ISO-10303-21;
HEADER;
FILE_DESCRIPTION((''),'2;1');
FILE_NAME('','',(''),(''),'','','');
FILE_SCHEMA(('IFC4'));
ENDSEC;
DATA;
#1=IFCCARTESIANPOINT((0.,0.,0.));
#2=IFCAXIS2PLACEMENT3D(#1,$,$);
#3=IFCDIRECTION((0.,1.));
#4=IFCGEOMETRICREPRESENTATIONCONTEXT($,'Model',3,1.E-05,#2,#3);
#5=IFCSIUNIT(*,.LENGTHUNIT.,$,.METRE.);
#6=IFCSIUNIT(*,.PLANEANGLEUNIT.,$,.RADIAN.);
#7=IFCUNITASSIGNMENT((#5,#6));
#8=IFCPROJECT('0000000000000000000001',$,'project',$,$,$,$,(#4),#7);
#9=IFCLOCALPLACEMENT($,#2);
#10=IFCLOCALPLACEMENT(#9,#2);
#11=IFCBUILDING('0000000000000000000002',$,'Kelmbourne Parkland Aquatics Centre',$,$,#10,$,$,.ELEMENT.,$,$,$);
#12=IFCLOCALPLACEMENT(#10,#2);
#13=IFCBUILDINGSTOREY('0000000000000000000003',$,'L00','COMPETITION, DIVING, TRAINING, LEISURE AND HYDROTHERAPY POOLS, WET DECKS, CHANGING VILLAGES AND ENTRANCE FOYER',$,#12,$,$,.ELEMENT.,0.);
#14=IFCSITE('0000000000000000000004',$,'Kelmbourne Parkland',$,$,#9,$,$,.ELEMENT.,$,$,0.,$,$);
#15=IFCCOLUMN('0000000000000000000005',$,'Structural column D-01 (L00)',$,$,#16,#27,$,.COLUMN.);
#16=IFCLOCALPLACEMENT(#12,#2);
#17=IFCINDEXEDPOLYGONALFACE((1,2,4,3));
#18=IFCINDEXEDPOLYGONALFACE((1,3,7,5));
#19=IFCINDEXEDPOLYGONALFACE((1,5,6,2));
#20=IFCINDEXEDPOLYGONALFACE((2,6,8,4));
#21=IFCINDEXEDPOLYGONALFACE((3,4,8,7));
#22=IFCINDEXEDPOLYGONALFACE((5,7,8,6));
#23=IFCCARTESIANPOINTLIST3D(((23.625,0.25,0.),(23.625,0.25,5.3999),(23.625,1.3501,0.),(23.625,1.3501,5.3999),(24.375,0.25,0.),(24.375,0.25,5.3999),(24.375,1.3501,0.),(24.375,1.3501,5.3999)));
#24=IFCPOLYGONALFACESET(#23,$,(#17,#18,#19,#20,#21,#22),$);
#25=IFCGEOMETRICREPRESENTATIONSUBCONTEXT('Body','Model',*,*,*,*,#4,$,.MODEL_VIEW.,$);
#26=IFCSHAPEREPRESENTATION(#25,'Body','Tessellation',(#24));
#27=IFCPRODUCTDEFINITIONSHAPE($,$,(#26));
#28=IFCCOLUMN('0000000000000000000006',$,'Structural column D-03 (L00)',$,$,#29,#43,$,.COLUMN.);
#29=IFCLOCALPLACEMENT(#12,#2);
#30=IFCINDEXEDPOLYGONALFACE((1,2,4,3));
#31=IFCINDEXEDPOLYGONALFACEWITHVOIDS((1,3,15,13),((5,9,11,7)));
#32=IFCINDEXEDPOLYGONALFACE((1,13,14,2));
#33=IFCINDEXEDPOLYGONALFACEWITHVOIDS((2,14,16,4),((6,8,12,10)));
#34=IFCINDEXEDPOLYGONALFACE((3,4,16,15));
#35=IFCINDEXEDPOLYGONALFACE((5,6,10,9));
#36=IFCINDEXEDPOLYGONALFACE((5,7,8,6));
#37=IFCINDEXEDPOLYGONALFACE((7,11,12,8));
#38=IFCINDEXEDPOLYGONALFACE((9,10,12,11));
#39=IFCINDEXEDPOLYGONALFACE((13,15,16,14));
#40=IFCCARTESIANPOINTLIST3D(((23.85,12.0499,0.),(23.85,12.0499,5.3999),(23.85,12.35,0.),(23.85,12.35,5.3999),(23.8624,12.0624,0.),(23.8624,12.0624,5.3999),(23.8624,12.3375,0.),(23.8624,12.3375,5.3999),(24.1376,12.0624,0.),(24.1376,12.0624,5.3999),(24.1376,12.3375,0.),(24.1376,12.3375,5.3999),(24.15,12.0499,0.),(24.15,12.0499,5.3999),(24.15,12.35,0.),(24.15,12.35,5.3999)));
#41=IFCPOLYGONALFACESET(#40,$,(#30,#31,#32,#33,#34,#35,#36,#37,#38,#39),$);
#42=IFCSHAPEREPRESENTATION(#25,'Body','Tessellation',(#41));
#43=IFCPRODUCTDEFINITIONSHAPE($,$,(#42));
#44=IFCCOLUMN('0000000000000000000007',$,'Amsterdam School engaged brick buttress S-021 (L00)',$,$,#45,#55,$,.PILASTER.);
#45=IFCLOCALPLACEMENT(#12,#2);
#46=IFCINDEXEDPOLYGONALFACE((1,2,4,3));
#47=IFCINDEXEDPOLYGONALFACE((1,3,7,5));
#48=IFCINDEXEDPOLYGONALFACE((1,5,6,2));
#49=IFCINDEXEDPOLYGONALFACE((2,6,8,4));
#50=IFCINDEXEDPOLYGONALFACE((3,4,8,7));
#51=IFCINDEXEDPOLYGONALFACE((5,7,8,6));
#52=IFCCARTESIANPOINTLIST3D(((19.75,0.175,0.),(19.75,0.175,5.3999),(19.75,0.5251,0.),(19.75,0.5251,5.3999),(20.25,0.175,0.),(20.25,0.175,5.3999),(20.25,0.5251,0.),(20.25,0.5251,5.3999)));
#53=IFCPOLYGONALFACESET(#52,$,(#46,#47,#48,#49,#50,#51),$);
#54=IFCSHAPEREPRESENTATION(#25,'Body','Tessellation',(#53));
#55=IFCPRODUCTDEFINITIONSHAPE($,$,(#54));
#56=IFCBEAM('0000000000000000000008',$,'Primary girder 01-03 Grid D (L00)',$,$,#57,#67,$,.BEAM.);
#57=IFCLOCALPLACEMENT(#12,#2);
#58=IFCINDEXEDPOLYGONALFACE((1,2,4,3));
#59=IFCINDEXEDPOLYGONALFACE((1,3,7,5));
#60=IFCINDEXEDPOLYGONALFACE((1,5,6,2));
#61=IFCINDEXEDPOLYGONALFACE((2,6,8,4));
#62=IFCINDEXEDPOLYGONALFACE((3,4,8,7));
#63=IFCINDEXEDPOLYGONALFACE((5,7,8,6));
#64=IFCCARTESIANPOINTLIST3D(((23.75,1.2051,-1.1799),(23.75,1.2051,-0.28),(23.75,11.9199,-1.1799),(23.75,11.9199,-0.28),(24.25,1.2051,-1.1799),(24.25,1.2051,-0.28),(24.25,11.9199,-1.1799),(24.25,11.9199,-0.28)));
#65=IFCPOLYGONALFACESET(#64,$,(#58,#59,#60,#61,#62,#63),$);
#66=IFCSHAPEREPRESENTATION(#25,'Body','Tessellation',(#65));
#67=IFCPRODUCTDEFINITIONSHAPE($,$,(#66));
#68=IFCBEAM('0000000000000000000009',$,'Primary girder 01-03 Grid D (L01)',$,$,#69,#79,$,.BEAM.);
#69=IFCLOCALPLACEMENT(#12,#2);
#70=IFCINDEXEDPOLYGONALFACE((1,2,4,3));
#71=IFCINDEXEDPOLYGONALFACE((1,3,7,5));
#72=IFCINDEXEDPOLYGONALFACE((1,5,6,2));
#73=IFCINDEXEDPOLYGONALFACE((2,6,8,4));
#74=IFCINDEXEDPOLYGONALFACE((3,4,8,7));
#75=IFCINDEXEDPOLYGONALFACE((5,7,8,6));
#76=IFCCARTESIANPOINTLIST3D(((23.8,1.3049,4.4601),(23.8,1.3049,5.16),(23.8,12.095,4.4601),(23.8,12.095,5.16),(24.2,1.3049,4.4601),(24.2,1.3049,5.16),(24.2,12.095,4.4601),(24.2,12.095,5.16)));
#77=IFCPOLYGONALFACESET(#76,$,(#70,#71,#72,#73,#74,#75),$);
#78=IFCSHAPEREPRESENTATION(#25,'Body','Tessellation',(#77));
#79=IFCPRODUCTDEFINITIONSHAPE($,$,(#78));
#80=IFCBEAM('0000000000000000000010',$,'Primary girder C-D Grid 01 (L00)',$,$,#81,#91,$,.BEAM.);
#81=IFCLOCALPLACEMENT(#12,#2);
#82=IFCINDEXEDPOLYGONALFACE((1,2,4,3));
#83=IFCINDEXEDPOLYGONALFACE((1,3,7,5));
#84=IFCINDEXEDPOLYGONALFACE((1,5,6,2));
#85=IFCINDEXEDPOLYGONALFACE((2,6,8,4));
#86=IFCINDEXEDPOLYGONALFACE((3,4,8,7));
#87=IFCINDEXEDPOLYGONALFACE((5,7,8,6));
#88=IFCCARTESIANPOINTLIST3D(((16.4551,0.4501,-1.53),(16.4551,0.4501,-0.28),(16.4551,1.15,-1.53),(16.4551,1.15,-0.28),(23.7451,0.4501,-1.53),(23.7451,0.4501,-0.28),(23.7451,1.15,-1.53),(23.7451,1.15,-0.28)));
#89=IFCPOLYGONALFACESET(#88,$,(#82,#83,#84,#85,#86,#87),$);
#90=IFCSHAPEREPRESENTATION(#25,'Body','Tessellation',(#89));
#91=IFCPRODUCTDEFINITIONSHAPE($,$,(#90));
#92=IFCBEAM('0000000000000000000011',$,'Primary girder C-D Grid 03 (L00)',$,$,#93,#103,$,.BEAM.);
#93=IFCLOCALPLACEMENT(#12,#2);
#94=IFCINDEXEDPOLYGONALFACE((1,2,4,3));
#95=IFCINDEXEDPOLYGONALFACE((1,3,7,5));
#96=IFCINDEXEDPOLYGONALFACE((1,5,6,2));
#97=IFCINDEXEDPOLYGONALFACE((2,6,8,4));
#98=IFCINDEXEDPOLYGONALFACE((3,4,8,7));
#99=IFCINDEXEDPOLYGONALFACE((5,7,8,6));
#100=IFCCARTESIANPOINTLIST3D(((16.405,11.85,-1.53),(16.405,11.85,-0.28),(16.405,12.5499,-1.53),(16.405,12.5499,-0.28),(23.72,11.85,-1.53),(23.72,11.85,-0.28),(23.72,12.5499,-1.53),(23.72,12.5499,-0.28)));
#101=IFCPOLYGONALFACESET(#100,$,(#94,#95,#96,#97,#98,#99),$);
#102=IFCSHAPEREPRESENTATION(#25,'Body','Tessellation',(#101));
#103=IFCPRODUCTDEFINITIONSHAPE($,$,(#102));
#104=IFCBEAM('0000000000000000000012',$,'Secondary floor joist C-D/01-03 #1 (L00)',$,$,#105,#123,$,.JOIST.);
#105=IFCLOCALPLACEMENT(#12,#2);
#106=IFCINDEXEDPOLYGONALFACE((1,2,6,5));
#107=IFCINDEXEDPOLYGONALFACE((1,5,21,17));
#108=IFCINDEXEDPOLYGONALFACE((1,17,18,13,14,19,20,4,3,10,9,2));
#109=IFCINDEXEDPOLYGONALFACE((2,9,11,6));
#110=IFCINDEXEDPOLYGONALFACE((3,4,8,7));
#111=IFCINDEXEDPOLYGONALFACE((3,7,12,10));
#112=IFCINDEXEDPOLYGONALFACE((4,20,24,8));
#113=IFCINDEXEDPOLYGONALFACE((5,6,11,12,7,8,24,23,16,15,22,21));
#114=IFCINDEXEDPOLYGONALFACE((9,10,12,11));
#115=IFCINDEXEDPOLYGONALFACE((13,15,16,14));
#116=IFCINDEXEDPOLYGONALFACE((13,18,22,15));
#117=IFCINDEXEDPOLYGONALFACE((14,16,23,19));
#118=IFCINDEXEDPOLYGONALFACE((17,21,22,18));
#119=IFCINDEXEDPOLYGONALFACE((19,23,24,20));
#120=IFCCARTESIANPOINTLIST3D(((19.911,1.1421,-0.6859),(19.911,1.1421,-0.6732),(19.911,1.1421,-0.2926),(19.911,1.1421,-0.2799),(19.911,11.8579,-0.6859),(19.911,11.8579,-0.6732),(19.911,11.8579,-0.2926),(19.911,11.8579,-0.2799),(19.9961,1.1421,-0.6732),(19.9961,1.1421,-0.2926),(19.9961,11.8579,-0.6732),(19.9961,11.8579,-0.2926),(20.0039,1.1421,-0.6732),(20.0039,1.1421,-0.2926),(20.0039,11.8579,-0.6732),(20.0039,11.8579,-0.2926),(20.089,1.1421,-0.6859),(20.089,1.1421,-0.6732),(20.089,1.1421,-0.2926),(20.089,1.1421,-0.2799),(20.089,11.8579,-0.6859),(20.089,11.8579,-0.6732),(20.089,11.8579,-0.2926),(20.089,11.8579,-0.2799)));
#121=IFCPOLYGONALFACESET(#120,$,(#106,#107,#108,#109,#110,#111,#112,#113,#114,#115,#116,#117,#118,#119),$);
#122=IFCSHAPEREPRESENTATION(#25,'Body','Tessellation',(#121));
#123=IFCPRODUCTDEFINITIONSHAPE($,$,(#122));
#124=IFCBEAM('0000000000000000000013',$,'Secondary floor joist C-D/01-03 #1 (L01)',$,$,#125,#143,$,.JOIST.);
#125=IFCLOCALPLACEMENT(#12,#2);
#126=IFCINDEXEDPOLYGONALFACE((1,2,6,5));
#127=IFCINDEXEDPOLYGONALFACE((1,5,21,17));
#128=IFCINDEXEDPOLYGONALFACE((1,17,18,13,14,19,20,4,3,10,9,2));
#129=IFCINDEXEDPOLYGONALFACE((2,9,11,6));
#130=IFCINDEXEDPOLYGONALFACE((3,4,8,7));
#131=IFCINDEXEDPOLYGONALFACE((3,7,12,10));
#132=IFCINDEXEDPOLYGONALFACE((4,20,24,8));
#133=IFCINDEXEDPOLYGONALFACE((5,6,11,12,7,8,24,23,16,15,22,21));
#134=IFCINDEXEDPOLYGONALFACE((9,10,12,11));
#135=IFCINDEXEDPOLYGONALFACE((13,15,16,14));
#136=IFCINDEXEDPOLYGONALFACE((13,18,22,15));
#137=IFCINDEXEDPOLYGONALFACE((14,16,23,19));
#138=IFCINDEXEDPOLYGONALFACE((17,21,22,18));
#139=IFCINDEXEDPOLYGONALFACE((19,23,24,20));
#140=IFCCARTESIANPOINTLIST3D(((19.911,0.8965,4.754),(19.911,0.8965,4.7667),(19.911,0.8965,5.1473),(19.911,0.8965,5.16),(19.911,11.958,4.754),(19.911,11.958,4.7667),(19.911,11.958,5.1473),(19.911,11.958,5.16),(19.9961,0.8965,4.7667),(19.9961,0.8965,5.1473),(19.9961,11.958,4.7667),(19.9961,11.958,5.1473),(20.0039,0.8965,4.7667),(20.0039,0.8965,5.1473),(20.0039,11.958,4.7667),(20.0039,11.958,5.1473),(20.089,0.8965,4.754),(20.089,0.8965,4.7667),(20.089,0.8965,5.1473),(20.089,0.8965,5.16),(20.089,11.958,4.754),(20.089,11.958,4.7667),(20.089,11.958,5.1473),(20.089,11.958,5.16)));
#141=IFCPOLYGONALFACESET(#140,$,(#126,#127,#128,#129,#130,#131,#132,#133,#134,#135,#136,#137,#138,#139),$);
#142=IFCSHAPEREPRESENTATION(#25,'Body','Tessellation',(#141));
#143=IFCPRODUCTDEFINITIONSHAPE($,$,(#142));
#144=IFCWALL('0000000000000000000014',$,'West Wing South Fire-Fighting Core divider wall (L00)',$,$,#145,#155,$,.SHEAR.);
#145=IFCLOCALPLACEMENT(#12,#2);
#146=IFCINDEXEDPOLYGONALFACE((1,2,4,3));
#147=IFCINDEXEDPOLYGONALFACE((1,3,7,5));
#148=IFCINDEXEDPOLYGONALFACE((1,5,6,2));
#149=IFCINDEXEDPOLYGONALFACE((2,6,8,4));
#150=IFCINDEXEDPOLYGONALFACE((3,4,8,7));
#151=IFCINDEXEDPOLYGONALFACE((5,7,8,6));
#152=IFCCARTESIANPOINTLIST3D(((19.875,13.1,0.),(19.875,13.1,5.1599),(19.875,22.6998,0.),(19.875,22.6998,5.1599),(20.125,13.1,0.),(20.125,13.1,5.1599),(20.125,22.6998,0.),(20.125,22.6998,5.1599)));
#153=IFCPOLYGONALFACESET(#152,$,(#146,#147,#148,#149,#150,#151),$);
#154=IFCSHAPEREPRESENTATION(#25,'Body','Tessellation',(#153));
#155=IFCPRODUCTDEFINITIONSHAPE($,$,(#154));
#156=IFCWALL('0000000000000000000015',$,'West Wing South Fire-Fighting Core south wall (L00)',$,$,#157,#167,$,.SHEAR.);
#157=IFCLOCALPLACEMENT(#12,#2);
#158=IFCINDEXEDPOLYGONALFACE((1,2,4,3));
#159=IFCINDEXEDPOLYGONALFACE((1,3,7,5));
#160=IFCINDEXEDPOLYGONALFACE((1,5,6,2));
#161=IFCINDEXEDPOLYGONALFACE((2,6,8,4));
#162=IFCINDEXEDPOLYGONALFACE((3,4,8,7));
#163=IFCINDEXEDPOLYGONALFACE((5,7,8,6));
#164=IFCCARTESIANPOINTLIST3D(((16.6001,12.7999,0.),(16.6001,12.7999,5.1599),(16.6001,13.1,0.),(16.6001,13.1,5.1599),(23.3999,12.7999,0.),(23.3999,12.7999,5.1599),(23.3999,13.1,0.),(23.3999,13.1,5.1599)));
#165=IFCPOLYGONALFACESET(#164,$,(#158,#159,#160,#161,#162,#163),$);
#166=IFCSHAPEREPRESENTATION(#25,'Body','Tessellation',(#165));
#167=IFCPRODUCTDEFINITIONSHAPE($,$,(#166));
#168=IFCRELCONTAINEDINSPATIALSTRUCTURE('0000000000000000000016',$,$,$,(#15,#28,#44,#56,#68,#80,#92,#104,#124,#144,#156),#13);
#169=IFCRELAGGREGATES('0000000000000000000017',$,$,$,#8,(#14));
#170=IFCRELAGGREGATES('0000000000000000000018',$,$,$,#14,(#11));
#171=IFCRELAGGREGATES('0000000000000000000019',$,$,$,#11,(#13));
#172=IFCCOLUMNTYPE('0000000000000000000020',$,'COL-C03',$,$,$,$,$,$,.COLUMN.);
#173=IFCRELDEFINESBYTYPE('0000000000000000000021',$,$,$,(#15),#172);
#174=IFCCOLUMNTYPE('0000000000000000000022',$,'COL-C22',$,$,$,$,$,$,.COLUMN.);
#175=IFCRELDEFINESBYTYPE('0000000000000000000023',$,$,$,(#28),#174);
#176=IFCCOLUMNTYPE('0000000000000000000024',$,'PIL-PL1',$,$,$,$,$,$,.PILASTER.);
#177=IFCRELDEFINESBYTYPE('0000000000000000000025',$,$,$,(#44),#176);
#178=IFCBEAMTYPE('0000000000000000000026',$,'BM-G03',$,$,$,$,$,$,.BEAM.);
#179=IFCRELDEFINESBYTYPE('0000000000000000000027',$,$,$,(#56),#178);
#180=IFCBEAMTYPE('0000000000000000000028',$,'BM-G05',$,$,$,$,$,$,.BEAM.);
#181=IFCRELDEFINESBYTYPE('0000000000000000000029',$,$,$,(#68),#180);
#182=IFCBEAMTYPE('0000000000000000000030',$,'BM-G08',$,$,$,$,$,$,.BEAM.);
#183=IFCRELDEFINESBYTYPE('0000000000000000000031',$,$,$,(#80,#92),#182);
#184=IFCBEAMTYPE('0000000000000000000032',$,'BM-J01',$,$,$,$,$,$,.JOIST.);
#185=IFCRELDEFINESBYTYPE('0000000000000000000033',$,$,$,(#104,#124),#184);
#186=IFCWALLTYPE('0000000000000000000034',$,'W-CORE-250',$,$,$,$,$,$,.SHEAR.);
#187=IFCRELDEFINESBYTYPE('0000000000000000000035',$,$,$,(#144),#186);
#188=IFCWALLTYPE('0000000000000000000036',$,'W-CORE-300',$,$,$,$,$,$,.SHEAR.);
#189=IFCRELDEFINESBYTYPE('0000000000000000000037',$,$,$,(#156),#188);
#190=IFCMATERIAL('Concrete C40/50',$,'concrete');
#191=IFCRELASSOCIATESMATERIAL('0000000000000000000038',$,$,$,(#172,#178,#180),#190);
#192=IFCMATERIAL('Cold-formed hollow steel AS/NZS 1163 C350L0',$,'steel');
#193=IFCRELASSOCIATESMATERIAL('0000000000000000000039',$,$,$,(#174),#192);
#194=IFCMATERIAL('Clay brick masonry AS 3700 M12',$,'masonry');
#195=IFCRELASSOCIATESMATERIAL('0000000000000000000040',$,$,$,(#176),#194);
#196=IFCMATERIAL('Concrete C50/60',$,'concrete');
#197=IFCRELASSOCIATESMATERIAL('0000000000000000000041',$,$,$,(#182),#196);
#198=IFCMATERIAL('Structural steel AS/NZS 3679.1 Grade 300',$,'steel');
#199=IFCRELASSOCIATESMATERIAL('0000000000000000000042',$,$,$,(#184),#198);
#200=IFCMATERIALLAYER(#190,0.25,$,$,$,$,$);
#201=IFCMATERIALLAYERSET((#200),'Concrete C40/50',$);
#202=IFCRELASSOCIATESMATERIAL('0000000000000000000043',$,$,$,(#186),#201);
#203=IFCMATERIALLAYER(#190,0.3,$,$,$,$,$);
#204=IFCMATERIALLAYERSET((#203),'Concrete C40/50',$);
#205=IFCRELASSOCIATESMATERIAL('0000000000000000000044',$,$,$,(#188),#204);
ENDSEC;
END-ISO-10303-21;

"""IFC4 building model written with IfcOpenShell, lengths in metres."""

from ifc_helpers import new_model, si_unit, direction, frame, frame_2d, origin, origin_2d, place, context, subcontext, project, spatial, rectangle, hollow_rectangle, i_section, extrude, material, layer, layer_set, material_profile, profile_set, type_object, element, save


model = new_model("IFC4")

# Units and contexts
model_context = context("Model", 3, precision=1e-05, world=origin(), true_north=direction((0.0, 1.0)))
body_context = subcontext(model_context, "Body", "Model", "MODEL_VIEW")
ifc_project = project(units=[si_unit("LENGTHUNIT", "METRE"), si_unit("PLANEANGLEUNIT", "RADIAN")], contexts=[model_context])

# Site, building, storey
site_placement = place(None, origin())
site = spatial("IfcSite", under=ifc_project, at=site_placement, Name="Kelmbourne Parkland", CompositionType="ELEMENT", RefElevation=0.0)
building_placement = place(site_placement, origin())
building = spatial("IfcBuilding", under=site, at=building_placement, Name="Kelmbourne Parkland Aquatics Centre", CompositionType="ELEMENT")
storey_placement = place(building_placement, origin())
storey = spatial("IfcBuildingStorey", under=building, at=storey_placement, Name="L00", Description="COMPETITION, DIVING, TRAINING, LEISURE AND HYDROTHERAPY POOLS, WET DECKS, CHANGING VILLAGES AND ENTRANCE FOYER", CompositionType="ELEMENT", Elevation=0.0)

# Columns
ifc_material_1 = material(Name="Concrete C40/50", Category="concrete")
ifc_material_profile_1 = material_profile(ifc_material_1, rectangle(XDim=0.75, YDim=1.1001, at=origin_2d()), Name="RC 750x1100")
ifc_profile_set_1 = profile_set([ifc_material_profile_1], Name="Concrete C40/50")
column_type_1 = type_object("IfcColumnType", Name="COL-C03", PredefinedType="COLUMN", material=ifc_profile_set_1)
column_1_placement = place(storey_placement, frame((24.0, 0.8, 0.0), z_axis=(0.0, 0.0, 1.0), x_axis=(1.0, 0.0, 0.0)))
element("IfcColumn", 1, at=column_1_placement, inside=storey, type_object=column_type_1, Name="Structural column D-01 (L00)", PredefinedType="COLUMN", context=body_context, shape_type="SweptSolid", body=[
    extrude(rectangle(XDim=0.75, YDim=1.1001, at=origin_2d()), origin(), (0.0, 0.0, 1.0), 5.3999),
])
ifc_material_2 = material(Name="Cold-formed hollow steel AS/NZS 1163 C350L0", Category="steel")
ifc_material_profile_2 = material_profile(ifc_material_2, hollow_rectangle(XDim=0.3, YDim=0.3, WallThickness=0.0125, at=origin_2d()), Name="SHS 300x300x12.5")
ifc_profile_set_2 = profile_set([ifc_material_profile_2], Name="Cold-formed hollow steel AS/NZS 1163 C350L0")
column_type_2 = type_object("IfcColumnType", Name="COL-C22", PredefinedType="COLUMN", material=ifc_profile_set_2)
column_2_placement = place(storey_placement, frame((24.0, 12.2, 0.0), z_axis=(0.0, 0.0, 1.0), x_axis=(1.0, 0.0, 0.0)))
element("IfcColumn", 2, at=column_2_placement, inside=storey, type_object=column_type_2, Name="Structural column D-03 (L00)", PredefinedType="COLUMN", context=body_context, shape_type="SweptSolid", body=[
    extrude(hollow_rectangle(XDim=0.3, YDim=0.3, WallThickness=0.0125, at=origin_2d()), origin(), (0.0, 0.0, 1.0), 5.3999),
])
ifc_material_3 = material(Name="Clay brick masonry AS 3700 M12", Category="masonry")
ifc_material_profile_3 = material_profile(ifc_material_3, rectangle(XDim=0.3501, YDim=0.5, at=origin_2d()), Name="PIL 350x500")
ifc_profile_set_3 = profile_set([ifc_material_profile_3], Name="Clay brick masonry AS 3700 M12")
column_type_3 = type_object("IfcColumnType", Name="PIL-PL1", PredefinedType="PILASTER", material=ifc_profile_set_3)
column_3_placement = place(storey_placement, frame((20.0, 0.3501, 0.0), z_axis=(0.0, 0.0, 1.0), x_axis=(0.0, 1.0, 0.0)))
element("IfcColumn", 3, at=column_3_placement, inside=storey, type_object=column_type_3, Name="Amsterdam School engaged brick buttress S-021 (L00)", PredefinedType="PILASTER", context=body_context, shape_type="SweptSolid", body=[
    extrude(rectangle(XDim=0.3501, YDim=0.5, at=origin_2d()), origin(), (0.0, 0.0, 1.0), 5.3999),
])

# Beams
ifc_material_profile_4 = material_profile(ifc_material_1, rectangle(XDim=0.5, YDim=0.8999, at=origin_2d()), Name="RC 500x900")
ifc_profile_set_4 = profile_set([ifc_material_profile_4], Name="Concrete C40/50")
beam_type_1 = type_object("IfcBeamType", Name="BM-G03", PredefinedType="BEAM", material=ifc_profile_set_4)
beam_1_placement = place(storey_placement, frame((24.0, 1.2051, -0.73), z_axis=(0.0, 1.0, 0.0), x_axis=(-1.0, 0.0, 0.0)))
element("IfcBeam", 4, at=beam_1_placement, inside=storey, type_object=beam_type_1, Name="Primary girder 01-03 Grid D (L00)", PredefinedType="BEAM", context=body_context, shape_type="SweptSolid", body=[
    extrude(rectangle(XDim=0.5, YDim=0.8999, at=origin_2d()), origin(), (0.0, 0.0, 1.0), 10.7148),
])
ifc_material_profile_5 = material_profile(ifc_material_1, rectangle(XDim=0.3999, YDim=0.7, at=origin_2d()), Name="RC 400x700")
ifc_profile_set_5 = profile_set([ifc_material_profile_5], Name="Concrete C40/50")
beam_type_2 = type_object("IfcBeamType", Name="BM-G05", PredefinedType="BEAM", material=ifc_profile_set_5)
beam_2_placement = place(storey_placement, frame((24.0, 1.3049, 4.8101), z_axis=(0.0, 1.0, 0.0), x_axis=(-1.0, 0.0, 0.0)))
element("IfcBeam", 5, at=beam_2_placement, inside=storey, type_object=beam_type_2, Name="Primary girder 01-03 Grid D (L01)", PredefinedType="BEAM", context=body_context, shape_type="SweptSolid", body=[
    extrude(rectangle(XDim=0.3999, YDim=0.7, at=origin_2d()), origin(), (0.0, 0.0, 1.0), 10.79),
])
ifc_material_4 = material(Name="Concrete C50/60", Category="concrete")
ifc_material_profile_6 = material_profile(ifc_material_4, rectangle(XDim=0.7, YDim=1.25, at=origin_2d()), Name="RC 700x1250")
ifc_profile_set_6 = profile_set([ifc_material_profile_6], Name="Concrete C50/60")
beam_type_3 = type_object("IfcBeamType", Name="BM-G08", PredefinedType="BEAM", material=ifc_profile_set_6)
beam_3_placement = place(storey_placement, frame((16.4551, 0.8, -0.905), z_axis=(1.0, 0.0, 0.0), x_axis=(0.0, 1.0, 0.0)))
element("IfcBeam", 6, at=beam_3_placement, inside=storey, type_object=beam_type_3, Name="Primary girder C-D Grid 01 (L00)", PredefinedType="BEAM", context=body_context, shape_type="SweptSolid", body=[
    extrude(rectangle(XDim=0.7, YDim=1.25, at=origin_2d()), origin(), (0.0, 0.0, 1.0), 7.29),
])
beam_4_placement = place(storey_placement, frame((16.405, 12.2, -0.905), z_axis=(1.0, 0.0, 0.0), x_axis=(0.0, 1.0, 0.0)))
element("IfcBeam", 7, at=beam_4_placement, inside=storey, type_object=beam_type_3, Name="Primary girder C-D Grid 03 (L00)", PredefinedType="BEAM", context=body_context, shape_type="SweptSolid", body=[
    extrude(rectangle(XDim=0.7, YDim=1.25, at=origin_2d()), origin(), (0.0, 0.0, 1.0), 7.3149),
])
ifc_material_5 = material(Name="Structural steel AS/NZS 3679.1 Grade 300", Category="steel")
ifc_material_profile_7 = material_profile(ifc_material_5, i_section(OverallWidth=0.178, OverallDepth=0.406, WebThickness=0.0078, FlangeThickness=0.0127, at=origin_2d()), Name="410UB59.7")
ifc_profile_set_7 = profile_set([ifc_material_profile_7], Name="Structural steel AS/NZS 3679.1 Grade 300")
beam_type_4 = type_object("IfcBeamType", Name="BM-J01", PredefinedType="JOIST", material=ifc_profile_set_7)
beam_5_placement = place(storey_placement, frame((20.0, 1.1421, -0.4829), z_axis=(0.0, 1.0, 0.0), x_axis=(-1.0, 0.0, 0.0)))
element("IfcBeam", 8, at=beam_5_placement, inside=storey, type_object=beam_type_4, Name="Secondary floor joist C-D/01-03 #1 (L00)", PredefinedType="JOIST", context=body_context, shape_type="SweptSolid", body=[
    extrude(i_section(OverallWidth=0.178, OverallDepth=0.406, WebThickness=0.0078, FlangeThickness=0.0127, at=origin_2d()), origin(), (0.0, 0.0, 1.0), 10.7158),
])
beam_6_placement = place(storey_placement, frame((20.0, 0.8965, 4.957), z_axis=(0.0, 1.0, 0.0), x_axis=(-1.0, 0.0, 0.0)))
element("IfcBeam", 9, at=beam_6_placement, inside=storey, type_object=beam_type_4, Name="Secondary floor joist C-D/01-03 #1 (L01)", PredefinedType="JOIST", context=body_context, shape_type="SweptSolid", body=[
    extrude(i_section(OverallWidth=0.178, OverallDepth=0.406, WebThickness=0.0078, FlangeThickness=0.0127, at=origin_2d()), origin(), (0.0, 0.0, 1.0), 11.0615),
])

# Walls
ifc_layer_1 = layer(ifc_material_1, 0.25)
ifc_layer_set_1 = layer_set([ifc_layer_1], Name="Concrete C40/50")
wall_type_1 = type_object("IfcWallType", Name="W-CORE-250", PredefinedType="SHEAR", material=ifc_layer_set_1)
wall_1_placement = place(storey_placement, frame((20.0, 13.1001, 0.0), z_axis=(0.0, 0.0, 1.0), x_axis=(0.0, 1.0, 0.0)))
element("IfcWall", 10, at=wall_1_placement, inside=storey, type_object=wall_type_1, Name="West Wing South Fire-Fighting Core divider wall (L00)", PredefinedType="SHEAR", context=body_context, shape_type="SweptSolid", body=[
    extrude(rectangle(XDim=9.5999, YDim=0.25, at=frame_2d((4.7998, 0.0))), origin(), (0.0, 0.0, 1.0), 5.1599),
])
ifc_layer_2 = layer(ifc_material_1, 0.3)
ifc_layer_set_2 = layer_set([ifc_layer_2], Name="Concrete C40/50")
wall_type_2 = type_object("IfcWallType", Name="W-CORE-300", PredefinedType="SHEAR", material=ifc_layer_set_2)
wall_2_placement = place(storey_placement, frame((16.6001, 12.95, 0.0), z_axis=(0.0, 0.0, 1.0), x_axis=(1.0, 0.0, 0.0)))
element("IfcWall", 11, at=wall_2_placement, inside=storey, type_object=wall_type_2, Name="West Wing South Fire-Fighting Core south wall (L00)", PredefinedType="SHEAR", context=body_context, shape_type="SweptSolid", body=[
    extrude(rectangle(XDim=6.7998, YDim=0.3, at=frame_2d((3.3999, 0.0))), origin(), (0.0, 0.0, 1.0), 5.1599),
])

save(model, "model.ifc")
